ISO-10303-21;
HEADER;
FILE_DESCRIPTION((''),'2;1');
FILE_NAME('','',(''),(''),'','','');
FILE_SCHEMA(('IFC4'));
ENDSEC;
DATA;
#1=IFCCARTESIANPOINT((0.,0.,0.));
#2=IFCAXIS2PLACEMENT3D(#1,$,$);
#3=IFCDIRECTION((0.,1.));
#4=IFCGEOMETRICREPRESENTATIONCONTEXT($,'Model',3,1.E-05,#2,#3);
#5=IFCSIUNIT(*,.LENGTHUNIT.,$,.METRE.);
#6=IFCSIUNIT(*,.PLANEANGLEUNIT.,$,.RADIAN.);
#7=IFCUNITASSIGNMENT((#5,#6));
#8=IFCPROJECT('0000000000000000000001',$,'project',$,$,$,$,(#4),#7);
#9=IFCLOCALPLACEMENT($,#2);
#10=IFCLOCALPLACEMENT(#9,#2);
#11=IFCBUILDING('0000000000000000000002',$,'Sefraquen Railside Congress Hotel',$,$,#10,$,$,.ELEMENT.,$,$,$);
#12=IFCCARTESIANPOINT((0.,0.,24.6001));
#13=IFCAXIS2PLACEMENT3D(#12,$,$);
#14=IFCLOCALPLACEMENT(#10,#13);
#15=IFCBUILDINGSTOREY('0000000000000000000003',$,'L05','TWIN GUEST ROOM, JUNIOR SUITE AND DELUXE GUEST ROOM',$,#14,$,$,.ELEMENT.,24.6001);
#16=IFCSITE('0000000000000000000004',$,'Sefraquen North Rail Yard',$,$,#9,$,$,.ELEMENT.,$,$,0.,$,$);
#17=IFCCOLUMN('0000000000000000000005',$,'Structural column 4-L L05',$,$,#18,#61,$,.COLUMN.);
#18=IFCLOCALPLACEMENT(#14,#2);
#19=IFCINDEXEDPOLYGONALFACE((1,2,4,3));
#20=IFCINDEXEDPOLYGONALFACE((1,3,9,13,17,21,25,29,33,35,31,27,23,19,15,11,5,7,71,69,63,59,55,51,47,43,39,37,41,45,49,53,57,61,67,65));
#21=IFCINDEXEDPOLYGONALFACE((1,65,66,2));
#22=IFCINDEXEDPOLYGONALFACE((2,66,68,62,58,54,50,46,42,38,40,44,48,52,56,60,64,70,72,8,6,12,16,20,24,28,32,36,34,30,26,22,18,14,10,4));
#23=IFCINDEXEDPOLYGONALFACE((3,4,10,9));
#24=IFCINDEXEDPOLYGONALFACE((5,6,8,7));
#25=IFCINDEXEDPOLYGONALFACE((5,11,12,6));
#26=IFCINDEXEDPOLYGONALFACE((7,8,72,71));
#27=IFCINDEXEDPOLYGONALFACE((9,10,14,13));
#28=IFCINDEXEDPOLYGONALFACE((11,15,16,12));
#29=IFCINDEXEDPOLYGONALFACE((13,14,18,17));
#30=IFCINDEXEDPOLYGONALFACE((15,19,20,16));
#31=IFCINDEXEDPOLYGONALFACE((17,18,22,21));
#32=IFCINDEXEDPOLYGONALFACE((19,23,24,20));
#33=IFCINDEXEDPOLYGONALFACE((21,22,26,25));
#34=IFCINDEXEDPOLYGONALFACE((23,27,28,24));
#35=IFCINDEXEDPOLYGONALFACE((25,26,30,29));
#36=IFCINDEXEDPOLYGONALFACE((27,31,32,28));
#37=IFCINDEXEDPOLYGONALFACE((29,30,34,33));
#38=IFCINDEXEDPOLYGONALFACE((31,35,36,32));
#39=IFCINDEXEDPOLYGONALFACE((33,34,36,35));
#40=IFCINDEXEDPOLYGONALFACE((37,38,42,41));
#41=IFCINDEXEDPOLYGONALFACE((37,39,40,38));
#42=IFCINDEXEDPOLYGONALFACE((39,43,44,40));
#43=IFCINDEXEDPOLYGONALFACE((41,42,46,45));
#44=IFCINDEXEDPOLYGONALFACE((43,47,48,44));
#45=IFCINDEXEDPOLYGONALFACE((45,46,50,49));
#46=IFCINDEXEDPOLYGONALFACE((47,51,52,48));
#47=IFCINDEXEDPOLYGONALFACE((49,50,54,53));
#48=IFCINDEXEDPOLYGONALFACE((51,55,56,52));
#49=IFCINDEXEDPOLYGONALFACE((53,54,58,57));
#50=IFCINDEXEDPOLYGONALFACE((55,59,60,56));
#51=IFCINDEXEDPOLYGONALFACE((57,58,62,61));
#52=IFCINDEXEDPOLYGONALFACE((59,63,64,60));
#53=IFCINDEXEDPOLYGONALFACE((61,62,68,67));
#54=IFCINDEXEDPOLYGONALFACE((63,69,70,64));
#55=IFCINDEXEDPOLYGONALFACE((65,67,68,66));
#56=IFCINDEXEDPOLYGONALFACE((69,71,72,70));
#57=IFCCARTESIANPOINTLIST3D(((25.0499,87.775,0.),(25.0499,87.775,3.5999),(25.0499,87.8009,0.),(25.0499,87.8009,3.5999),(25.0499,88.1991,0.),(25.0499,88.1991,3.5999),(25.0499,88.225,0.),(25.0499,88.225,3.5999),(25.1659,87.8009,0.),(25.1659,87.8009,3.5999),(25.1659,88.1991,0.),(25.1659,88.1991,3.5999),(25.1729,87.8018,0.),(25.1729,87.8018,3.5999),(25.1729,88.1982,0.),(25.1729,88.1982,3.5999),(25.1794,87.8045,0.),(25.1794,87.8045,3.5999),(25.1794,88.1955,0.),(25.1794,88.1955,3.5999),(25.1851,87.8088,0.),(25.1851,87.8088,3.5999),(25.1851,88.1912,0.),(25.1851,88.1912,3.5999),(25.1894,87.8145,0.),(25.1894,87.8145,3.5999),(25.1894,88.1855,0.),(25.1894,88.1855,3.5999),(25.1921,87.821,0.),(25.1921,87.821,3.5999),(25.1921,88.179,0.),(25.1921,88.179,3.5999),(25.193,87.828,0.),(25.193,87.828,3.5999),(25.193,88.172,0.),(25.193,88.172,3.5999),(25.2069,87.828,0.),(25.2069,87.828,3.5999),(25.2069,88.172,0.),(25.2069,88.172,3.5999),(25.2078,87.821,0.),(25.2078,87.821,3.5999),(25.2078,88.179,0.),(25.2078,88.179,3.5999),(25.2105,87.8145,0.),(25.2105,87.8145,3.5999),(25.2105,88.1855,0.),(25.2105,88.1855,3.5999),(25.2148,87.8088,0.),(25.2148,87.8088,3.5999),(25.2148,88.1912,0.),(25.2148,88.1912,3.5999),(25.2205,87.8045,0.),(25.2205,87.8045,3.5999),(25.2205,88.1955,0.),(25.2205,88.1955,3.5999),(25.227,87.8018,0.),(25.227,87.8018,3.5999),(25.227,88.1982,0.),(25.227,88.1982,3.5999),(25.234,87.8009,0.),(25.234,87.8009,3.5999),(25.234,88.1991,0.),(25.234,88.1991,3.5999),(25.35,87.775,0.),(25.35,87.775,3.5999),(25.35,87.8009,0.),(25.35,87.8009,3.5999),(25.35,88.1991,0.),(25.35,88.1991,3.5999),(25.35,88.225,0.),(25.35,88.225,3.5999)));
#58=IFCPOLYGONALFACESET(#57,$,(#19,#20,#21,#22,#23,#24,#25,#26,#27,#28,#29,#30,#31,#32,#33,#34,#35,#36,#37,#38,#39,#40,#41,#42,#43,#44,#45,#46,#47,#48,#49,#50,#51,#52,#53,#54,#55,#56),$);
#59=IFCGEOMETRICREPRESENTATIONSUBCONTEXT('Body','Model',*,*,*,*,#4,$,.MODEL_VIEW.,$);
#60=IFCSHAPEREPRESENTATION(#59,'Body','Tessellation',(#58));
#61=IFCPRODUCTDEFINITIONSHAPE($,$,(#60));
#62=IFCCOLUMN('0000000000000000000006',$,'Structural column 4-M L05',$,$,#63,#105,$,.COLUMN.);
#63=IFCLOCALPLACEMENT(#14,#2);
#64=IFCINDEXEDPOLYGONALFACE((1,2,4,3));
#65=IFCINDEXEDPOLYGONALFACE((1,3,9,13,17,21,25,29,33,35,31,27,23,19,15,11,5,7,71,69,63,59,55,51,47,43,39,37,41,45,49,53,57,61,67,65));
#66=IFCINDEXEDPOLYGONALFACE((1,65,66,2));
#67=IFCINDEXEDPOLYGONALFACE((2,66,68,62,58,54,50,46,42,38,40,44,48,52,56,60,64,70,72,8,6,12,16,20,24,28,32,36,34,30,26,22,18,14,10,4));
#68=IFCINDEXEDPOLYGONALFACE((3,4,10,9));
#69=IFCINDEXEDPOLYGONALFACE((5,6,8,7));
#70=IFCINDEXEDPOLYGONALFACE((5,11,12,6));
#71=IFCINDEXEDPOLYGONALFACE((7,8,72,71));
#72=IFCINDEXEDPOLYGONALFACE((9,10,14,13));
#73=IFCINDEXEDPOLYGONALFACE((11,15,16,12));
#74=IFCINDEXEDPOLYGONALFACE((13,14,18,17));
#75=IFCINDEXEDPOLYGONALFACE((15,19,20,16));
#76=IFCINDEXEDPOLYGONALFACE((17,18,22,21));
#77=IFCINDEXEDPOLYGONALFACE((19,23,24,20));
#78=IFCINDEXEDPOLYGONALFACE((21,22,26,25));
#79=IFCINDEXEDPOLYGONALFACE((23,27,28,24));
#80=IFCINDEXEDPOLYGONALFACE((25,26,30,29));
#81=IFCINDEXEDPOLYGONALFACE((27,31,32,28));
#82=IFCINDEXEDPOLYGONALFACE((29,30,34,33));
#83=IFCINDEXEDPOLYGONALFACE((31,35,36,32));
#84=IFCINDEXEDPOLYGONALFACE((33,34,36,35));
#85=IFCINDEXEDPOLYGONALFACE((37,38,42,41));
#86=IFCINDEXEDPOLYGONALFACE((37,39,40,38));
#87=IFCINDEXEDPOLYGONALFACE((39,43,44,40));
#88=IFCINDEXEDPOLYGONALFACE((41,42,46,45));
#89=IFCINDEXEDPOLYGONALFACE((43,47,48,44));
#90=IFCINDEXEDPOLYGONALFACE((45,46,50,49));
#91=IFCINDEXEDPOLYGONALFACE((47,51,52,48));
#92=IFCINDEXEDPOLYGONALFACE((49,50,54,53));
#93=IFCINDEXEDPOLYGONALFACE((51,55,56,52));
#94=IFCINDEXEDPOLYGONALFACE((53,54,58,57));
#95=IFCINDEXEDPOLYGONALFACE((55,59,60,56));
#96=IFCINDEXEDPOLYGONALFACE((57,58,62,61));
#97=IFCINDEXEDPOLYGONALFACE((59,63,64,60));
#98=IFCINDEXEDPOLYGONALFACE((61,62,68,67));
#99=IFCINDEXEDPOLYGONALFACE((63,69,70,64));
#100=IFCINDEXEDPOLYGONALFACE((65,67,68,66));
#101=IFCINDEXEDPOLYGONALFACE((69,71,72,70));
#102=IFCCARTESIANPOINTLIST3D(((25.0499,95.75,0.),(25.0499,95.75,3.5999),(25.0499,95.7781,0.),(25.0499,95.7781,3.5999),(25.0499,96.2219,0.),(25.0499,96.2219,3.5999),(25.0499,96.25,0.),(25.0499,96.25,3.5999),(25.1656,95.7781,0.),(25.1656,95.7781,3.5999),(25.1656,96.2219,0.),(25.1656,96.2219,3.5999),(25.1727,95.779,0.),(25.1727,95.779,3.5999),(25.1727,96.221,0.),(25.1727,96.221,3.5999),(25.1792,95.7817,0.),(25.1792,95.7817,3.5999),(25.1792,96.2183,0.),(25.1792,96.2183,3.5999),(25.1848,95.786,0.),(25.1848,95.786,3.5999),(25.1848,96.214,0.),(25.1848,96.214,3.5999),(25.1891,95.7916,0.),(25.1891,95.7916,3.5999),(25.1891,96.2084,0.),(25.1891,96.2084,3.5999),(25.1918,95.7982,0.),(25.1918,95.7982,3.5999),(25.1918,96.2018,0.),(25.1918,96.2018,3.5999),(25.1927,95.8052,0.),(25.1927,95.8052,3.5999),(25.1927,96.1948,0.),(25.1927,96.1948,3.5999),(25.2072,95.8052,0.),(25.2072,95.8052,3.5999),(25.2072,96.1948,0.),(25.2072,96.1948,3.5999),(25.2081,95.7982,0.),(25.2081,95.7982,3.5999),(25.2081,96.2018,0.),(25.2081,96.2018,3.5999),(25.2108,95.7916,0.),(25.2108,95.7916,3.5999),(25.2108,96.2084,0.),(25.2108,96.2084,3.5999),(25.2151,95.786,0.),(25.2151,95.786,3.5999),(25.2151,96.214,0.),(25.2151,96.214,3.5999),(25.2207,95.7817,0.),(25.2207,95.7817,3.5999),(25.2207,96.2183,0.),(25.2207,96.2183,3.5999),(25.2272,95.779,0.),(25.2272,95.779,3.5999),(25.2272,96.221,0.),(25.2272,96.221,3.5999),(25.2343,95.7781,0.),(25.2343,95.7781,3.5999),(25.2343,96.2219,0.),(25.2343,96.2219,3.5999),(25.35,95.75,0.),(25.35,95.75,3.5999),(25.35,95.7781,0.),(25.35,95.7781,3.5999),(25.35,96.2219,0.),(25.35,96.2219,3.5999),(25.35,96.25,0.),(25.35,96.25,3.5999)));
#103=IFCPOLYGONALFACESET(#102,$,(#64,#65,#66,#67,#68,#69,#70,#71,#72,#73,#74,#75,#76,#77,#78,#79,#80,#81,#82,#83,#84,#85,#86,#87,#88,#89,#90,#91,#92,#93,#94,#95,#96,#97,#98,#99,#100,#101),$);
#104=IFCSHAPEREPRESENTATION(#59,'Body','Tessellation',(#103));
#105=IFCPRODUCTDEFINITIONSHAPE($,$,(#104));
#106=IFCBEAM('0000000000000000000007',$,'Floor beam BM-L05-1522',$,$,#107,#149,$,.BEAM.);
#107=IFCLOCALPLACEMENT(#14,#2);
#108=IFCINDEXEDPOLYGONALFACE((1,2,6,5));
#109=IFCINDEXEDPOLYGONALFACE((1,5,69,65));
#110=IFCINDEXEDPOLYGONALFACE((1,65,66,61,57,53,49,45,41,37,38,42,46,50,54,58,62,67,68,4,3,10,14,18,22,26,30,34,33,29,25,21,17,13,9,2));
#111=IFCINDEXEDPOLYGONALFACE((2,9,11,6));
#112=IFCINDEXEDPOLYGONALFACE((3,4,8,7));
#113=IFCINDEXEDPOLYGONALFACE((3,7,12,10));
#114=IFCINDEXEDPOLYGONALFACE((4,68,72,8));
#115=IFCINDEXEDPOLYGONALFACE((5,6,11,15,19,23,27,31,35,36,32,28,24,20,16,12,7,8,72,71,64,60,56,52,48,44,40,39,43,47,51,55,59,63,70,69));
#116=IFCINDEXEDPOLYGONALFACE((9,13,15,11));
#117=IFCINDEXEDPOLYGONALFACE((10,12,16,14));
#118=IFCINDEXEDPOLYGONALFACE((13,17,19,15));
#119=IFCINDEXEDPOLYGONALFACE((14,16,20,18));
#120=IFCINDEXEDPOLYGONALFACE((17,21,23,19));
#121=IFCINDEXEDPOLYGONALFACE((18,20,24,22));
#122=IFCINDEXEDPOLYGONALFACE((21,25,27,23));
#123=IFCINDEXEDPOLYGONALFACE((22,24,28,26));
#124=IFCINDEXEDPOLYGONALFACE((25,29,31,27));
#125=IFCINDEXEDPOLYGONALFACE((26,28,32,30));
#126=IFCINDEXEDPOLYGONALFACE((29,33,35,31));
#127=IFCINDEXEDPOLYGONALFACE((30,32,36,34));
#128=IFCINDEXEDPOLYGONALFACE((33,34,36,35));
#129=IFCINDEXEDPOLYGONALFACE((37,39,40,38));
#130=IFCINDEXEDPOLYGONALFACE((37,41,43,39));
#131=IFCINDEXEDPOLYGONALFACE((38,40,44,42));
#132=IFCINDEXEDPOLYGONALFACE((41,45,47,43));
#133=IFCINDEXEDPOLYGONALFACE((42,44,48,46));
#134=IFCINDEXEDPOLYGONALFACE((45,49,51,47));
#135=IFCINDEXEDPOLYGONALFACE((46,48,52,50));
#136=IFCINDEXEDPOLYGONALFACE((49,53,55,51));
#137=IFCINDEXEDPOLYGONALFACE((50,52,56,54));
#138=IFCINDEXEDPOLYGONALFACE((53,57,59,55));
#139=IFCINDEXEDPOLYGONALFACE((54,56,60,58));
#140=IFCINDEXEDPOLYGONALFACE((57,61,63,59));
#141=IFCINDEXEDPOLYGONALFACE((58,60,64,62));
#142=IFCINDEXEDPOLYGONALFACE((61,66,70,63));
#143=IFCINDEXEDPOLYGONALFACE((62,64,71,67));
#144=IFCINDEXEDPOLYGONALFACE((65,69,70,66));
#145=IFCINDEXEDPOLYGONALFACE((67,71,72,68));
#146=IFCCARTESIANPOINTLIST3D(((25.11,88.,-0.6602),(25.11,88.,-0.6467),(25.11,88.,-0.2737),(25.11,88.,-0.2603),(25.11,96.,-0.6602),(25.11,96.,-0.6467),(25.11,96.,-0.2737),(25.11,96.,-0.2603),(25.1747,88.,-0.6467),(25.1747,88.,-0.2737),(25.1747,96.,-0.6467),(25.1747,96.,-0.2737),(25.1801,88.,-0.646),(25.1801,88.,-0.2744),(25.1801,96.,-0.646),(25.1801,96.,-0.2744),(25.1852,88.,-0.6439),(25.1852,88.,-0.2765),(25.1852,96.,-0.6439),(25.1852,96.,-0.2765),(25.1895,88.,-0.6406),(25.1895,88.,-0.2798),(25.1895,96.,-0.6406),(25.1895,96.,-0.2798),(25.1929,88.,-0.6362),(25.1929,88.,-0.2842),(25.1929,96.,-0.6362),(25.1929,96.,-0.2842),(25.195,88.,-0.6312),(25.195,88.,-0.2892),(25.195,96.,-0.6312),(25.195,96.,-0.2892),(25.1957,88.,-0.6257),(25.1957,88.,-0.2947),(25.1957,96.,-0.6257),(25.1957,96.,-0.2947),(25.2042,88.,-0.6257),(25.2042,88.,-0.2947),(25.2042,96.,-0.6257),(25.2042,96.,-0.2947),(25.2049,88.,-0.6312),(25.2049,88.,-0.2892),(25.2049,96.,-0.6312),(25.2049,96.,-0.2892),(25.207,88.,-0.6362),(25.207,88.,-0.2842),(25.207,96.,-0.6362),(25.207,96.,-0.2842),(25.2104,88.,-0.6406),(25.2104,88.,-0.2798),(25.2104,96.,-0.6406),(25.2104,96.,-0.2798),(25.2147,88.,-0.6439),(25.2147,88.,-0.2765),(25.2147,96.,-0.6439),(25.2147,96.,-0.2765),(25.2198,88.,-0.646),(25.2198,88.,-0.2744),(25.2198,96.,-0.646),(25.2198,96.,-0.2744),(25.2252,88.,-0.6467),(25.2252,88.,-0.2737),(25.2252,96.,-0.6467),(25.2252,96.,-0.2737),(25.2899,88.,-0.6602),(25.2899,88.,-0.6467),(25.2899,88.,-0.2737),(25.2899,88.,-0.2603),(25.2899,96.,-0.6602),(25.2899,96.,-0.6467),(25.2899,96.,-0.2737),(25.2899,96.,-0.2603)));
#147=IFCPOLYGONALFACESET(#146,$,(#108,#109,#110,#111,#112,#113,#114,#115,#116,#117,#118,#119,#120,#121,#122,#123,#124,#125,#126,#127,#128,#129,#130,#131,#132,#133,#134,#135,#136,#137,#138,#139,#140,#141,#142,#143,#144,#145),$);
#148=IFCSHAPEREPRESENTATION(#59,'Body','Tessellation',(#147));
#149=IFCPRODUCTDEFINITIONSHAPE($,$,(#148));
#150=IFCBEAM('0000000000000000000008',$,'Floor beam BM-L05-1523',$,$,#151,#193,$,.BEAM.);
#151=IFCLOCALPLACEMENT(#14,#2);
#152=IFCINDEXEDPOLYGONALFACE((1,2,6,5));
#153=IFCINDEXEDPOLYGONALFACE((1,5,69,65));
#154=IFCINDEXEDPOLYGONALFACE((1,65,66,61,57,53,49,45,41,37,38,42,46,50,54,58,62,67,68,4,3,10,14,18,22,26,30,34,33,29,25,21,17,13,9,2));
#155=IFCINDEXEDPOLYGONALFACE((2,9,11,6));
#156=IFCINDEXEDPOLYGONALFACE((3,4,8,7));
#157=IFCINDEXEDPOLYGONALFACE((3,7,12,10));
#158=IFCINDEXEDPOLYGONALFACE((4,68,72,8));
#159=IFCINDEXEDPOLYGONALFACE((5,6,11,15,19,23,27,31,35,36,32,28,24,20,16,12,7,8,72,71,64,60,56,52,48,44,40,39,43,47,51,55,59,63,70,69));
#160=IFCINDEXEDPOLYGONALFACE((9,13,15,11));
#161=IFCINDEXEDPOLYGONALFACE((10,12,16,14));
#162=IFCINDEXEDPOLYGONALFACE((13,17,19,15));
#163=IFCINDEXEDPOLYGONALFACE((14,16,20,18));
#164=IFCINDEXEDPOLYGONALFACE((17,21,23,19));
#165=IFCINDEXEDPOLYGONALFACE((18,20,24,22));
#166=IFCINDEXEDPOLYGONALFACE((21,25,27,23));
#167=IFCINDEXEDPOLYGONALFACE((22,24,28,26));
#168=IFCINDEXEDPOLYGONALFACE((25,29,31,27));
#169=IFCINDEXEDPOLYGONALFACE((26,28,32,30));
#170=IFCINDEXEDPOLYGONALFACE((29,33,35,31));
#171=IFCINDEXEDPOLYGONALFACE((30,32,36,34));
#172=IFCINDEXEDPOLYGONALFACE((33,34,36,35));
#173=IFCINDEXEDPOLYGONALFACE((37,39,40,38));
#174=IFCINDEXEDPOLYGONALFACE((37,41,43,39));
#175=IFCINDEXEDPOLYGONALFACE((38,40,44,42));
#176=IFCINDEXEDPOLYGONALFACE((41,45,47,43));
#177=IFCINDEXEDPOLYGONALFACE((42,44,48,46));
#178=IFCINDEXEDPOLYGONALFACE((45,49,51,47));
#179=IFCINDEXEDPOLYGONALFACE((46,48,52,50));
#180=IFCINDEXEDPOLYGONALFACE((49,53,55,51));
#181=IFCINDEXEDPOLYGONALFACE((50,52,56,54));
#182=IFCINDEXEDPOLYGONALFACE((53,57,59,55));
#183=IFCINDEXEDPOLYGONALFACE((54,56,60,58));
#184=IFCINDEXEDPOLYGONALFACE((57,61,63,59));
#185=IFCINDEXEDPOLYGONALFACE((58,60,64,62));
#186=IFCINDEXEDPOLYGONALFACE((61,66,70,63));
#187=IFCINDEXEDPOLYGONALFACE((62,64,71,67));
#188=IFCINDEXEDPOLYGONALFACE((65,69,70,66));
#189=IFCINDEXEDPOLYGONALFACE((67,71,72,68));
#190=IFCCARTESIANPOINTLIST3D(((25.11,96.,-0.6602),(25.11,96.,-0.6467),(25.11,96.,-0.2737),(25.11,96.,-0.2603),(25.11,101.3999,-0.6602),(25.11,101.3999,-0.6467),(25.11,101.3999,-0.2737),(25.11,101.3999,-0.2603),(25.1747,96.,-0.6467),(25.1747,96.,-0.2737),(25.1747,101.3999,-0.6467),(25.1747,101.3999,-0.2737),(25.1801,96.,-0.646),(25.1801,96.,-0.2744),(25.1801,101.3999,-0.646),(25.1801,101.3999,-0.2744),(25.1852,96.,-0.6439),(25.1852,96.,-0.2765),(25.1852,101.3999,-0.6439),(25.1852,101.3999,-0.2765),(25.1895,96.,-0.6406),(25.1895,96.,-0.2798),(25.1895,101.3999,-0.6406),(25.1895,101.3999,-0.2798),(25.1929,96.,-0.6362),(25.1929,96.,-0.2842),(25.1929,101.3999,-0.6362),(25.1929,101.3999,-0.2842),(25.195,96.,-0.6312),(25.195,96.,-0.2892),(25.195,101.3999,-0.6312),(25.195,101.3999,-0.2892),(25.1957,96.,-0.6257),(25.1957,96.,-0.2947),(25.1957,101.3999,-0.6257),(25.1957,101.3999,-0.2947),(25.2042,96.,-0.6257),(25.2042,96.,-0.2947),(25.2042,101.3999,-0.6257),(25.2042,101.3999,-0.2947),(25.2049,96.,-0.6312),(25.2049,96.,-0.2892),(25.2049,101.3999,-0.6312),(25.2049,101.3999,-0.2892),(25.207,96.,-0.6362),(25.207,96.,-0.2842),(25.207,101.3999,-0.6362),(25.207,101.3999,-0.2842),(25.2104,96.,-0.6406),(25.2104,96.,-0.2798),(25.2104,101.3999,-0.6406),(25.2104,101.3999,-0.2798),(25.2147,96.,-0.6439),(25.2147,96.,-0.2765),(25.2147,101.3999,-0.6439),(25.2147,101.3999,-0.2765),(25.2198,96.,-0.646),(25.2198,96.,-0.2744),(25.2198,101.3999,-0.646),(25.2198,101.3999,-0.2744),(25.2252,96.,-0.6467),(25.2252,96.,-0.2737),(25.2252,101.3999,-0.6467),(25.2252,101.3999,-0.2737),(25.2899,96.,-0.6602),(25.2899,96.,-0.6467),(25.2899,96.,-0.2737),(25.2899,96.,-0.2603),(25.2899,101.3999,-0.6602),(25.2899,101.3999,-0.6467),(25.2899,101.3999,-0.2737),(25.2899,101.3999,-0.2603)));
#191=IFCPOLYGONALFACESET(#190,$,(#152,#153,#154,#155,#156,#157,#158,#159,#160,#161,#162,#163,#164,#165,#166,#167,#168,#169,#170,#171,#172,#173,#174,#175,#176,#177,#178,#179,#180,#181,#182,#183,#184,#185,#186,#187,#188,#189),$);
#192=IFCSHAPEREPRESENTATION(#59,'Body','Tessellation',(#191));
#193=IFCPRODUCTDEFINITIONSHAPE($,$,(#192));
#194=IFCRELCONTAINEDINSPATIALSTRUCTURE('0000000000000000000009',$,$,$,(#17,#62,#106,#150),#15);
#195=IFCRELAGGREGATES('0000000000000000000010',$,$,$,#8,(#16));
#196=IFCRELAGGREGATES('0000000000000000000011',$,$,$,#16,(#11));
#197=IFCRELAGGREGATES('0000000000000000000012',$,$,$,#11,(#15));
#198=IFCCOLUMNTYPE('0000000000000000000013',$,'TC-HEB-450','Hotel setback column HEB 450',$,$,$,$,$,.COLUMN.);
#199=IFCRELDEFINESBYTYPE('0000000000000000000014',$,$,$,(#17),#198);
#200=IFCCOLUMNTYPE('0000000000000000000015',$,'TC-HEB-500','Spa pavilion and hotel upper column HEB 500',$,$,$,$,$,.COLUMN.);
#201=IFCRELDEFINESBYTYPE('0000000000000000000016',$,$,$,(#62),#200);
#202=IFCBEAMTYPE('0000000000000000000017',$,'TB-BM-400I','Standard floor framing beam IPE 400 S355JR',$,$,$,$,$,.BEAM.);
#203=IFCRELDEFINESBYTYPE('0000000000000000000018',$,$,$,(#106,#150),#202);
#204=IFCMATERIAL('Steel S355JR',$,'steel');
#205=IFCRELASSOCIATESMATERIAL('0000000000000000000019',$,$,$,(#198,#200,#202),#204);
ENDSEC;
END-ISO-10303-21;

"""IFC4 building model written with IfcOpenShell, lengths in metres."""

from ifc_helpers import new_model, si_unit, direction, frame, origin, origin_2d, place, context, subcontext, project, spatial, i_section, extrude, material, material_profile, profile_set, type_object, element, save


model = new_model("IFC4")

# Units and contexts
model_context = context("Model", 3, precision=1e-05, world=origin(), true_north=direction((0.0, 1.0)))
body_context = subcontext(model_context, "Body", "Model", "MODEL_VIEW")
ifc_project = project(units=[si_unit("LENGTHUNIT", "METRE"), si_unit("PLANEANGLEUNIT", "RADIAN")], contexts=[model_context])

# Site, building, storey
site_placement = place(None, origin())
site = spatial("IfcSite", under=ifc_project, at=site_placement, Name="Sefraquen North Rail Yard", CompositionType="ELEMENT", RefElevation=0.0)
building_placement = place(site_placement, origin())
building = spatial("IfcBuilding", under=site, at=building_placement, Name="Sefraquen Railside Congress Hotel", CompositionType="ELEMENT")
storey_placement = place(building_placement, frame((0.0, 0.0, 24.6001)))
storey = spatial("IfcBuildingStorey", under=building, at=storey_placement, Name="L05", Description="TWIN GUEST ROOM, JUNIOR SUITE AND DELUXE GUEST ROOM", CompositionType="ELEMENT", Elevation=24.6001)

# Columns
ifc_material_1 = material(Name="Steel S355JR", Category="steel")
ifc_material_profile_1 = material_profile(ifc_material_1, i_section(OverallWidth=0.3, OverallDepth=0.45, WebThickness=0.0139, FlangeThickness=0.0259, FilletRadius=0.0271, at=origin_2d()), Name="HEB 450")
ifc_profile_set_1 = profile_set([ifc_material_profile_1], Name="Steel S355JR")
column_type_1 = type_object("IfcColumnType", Name="TC-HEB-450", Description="Hotel setback column HEB 450", PredefinedType="COLUMN", material=ifc_profile_set_1)
column_1_placement = place(storey_placement, frame((25.2, 88.0, 0.0), z_axis=(0.0, 0.0, 1.0), x_axis=(1.0, 0.0, 0.0)))
element("IfcColumn", 1, at=column_1_placement, inside=storey, type_object=column_type_1, Name="Structural column 4-L L05", PredefinedType="COLUMN", context=body_context, shape_type="SweptSolid", body=[
    extrude(i_section(OverallWidth=0.3, OverallDepth=0.45, WebThickness=0.0139, FlangeThickness=0.0259, FilletRadius=0.0271, at=origin_2d()), origin(), (0.0, 0.0, 1.0), 3.5999),
])
ifc_material_profile_2 = material_profile(ifc_material_1, i_section(OverallWidth=0.3, OverallDepth=0.5, WebThickness=0.0144, FlangeThickness=0.0281, FilletRadius=0.0271, at=origin_2d()), Name="HEB 500")
ifc_profile_set_2 = profile_set([ifc_material_profile_2], Name="Steel S355JR")
column_type_2 = type_object("IfcColumnType", Name="TC-HEB-500", Description="Spa pavilion and hotel upper column HEB 500", PredefinedType="COLUMN", material=ifc_profile_set_2)
column_2_placement = place(storey_placement, frame((25.2, 96.0, 0.0), z_axis=(0.0, 0.0, 1.0), x_axis=(1.0, 0.0, 0.0)))
element("IfcColumn", 2, at=column_2_placement, inside=storey, type_object=column_type_2, Name="Structural column 4-M L05", PredefinedType="COLUMN", context=body_context, shape_type="SweptSolid", body=[
    extrude(i_section(OverallWidth=0.3, OverallDepth=0.5, WebThickness=0.0144, FlangeThickness=0.0281, FilletRadius=0.0271, at=origin_2d()), origin(), (0.0, 0.0, 1.0), 3.5999),
])

# Beams
ifc_material_profile_3 = material_profile(ifc_material_1, i_section(OverallWidth=0.1799, OverallDepth=0.3999, WebThickness=0.0085, FlangeThickness=0.0134, FilletRadius=0.021, at=origin_2d()), Name="IPE 400")
ifc_profile_set_3 = profile_set([ifc_material_profile_3], Name="Steel S355JR")
beam_type_1 = type_object("IfcBeamType", Name="TB-BM-400I", Description="Standard floor framing beam IPE 400 S355JR", PredefinedType="BEAM", material=ifc_profile_set_3)
beam_1_placement = place(storey_placement, frame((25.2, 88.0, -0.4602), z_axis=(0.0, 1.0, 0.0), x_axis=(-1.0, 0.0, 0.0)))
element("IfcBeam", 3, at=beam_1_placement, inside=storey, type_object=beam_type_1, Name="Floor beam BM-L05-1522", PredefinedType="BEAM", context=body_context, shape_type="SweptSolid", body=[
    extrude(i_section(OverallWidth=0.1799, OverallDepth=0.3999, WebThickness=0.0085, FlangeThickness=0.0134, FilletRadius=0.021, at=origin_2d()), origin(), (0.0, 0.0, 1.0), 8.0),
])
beam_2_placement = place(storey_placement, frame((25.2, 96.0, -0.4602), z_axis=(0.0, 1.0, 0.0), x_axis=(-1.0, 0.0, 0.0)))
element("IfcBeam", 4, at=beam_2_placement, inside=storey, type_object=beam_type_1, Name="Floor beam BM-L05-1523", PredefinedType="BEAM", context=body_context, shape_type="SweptSolid", body=[
    extrude(i_section(OverallWidth=0.1799, OverallDepth=0.3999, WebThickness=0.0085, FlangeThickness=0.0134, FilletRadius=0.021, at=origin_2d()), origin(), (0.0, 0.0, 1.0), 5.3999),
])

save(model, "model.ifc")
